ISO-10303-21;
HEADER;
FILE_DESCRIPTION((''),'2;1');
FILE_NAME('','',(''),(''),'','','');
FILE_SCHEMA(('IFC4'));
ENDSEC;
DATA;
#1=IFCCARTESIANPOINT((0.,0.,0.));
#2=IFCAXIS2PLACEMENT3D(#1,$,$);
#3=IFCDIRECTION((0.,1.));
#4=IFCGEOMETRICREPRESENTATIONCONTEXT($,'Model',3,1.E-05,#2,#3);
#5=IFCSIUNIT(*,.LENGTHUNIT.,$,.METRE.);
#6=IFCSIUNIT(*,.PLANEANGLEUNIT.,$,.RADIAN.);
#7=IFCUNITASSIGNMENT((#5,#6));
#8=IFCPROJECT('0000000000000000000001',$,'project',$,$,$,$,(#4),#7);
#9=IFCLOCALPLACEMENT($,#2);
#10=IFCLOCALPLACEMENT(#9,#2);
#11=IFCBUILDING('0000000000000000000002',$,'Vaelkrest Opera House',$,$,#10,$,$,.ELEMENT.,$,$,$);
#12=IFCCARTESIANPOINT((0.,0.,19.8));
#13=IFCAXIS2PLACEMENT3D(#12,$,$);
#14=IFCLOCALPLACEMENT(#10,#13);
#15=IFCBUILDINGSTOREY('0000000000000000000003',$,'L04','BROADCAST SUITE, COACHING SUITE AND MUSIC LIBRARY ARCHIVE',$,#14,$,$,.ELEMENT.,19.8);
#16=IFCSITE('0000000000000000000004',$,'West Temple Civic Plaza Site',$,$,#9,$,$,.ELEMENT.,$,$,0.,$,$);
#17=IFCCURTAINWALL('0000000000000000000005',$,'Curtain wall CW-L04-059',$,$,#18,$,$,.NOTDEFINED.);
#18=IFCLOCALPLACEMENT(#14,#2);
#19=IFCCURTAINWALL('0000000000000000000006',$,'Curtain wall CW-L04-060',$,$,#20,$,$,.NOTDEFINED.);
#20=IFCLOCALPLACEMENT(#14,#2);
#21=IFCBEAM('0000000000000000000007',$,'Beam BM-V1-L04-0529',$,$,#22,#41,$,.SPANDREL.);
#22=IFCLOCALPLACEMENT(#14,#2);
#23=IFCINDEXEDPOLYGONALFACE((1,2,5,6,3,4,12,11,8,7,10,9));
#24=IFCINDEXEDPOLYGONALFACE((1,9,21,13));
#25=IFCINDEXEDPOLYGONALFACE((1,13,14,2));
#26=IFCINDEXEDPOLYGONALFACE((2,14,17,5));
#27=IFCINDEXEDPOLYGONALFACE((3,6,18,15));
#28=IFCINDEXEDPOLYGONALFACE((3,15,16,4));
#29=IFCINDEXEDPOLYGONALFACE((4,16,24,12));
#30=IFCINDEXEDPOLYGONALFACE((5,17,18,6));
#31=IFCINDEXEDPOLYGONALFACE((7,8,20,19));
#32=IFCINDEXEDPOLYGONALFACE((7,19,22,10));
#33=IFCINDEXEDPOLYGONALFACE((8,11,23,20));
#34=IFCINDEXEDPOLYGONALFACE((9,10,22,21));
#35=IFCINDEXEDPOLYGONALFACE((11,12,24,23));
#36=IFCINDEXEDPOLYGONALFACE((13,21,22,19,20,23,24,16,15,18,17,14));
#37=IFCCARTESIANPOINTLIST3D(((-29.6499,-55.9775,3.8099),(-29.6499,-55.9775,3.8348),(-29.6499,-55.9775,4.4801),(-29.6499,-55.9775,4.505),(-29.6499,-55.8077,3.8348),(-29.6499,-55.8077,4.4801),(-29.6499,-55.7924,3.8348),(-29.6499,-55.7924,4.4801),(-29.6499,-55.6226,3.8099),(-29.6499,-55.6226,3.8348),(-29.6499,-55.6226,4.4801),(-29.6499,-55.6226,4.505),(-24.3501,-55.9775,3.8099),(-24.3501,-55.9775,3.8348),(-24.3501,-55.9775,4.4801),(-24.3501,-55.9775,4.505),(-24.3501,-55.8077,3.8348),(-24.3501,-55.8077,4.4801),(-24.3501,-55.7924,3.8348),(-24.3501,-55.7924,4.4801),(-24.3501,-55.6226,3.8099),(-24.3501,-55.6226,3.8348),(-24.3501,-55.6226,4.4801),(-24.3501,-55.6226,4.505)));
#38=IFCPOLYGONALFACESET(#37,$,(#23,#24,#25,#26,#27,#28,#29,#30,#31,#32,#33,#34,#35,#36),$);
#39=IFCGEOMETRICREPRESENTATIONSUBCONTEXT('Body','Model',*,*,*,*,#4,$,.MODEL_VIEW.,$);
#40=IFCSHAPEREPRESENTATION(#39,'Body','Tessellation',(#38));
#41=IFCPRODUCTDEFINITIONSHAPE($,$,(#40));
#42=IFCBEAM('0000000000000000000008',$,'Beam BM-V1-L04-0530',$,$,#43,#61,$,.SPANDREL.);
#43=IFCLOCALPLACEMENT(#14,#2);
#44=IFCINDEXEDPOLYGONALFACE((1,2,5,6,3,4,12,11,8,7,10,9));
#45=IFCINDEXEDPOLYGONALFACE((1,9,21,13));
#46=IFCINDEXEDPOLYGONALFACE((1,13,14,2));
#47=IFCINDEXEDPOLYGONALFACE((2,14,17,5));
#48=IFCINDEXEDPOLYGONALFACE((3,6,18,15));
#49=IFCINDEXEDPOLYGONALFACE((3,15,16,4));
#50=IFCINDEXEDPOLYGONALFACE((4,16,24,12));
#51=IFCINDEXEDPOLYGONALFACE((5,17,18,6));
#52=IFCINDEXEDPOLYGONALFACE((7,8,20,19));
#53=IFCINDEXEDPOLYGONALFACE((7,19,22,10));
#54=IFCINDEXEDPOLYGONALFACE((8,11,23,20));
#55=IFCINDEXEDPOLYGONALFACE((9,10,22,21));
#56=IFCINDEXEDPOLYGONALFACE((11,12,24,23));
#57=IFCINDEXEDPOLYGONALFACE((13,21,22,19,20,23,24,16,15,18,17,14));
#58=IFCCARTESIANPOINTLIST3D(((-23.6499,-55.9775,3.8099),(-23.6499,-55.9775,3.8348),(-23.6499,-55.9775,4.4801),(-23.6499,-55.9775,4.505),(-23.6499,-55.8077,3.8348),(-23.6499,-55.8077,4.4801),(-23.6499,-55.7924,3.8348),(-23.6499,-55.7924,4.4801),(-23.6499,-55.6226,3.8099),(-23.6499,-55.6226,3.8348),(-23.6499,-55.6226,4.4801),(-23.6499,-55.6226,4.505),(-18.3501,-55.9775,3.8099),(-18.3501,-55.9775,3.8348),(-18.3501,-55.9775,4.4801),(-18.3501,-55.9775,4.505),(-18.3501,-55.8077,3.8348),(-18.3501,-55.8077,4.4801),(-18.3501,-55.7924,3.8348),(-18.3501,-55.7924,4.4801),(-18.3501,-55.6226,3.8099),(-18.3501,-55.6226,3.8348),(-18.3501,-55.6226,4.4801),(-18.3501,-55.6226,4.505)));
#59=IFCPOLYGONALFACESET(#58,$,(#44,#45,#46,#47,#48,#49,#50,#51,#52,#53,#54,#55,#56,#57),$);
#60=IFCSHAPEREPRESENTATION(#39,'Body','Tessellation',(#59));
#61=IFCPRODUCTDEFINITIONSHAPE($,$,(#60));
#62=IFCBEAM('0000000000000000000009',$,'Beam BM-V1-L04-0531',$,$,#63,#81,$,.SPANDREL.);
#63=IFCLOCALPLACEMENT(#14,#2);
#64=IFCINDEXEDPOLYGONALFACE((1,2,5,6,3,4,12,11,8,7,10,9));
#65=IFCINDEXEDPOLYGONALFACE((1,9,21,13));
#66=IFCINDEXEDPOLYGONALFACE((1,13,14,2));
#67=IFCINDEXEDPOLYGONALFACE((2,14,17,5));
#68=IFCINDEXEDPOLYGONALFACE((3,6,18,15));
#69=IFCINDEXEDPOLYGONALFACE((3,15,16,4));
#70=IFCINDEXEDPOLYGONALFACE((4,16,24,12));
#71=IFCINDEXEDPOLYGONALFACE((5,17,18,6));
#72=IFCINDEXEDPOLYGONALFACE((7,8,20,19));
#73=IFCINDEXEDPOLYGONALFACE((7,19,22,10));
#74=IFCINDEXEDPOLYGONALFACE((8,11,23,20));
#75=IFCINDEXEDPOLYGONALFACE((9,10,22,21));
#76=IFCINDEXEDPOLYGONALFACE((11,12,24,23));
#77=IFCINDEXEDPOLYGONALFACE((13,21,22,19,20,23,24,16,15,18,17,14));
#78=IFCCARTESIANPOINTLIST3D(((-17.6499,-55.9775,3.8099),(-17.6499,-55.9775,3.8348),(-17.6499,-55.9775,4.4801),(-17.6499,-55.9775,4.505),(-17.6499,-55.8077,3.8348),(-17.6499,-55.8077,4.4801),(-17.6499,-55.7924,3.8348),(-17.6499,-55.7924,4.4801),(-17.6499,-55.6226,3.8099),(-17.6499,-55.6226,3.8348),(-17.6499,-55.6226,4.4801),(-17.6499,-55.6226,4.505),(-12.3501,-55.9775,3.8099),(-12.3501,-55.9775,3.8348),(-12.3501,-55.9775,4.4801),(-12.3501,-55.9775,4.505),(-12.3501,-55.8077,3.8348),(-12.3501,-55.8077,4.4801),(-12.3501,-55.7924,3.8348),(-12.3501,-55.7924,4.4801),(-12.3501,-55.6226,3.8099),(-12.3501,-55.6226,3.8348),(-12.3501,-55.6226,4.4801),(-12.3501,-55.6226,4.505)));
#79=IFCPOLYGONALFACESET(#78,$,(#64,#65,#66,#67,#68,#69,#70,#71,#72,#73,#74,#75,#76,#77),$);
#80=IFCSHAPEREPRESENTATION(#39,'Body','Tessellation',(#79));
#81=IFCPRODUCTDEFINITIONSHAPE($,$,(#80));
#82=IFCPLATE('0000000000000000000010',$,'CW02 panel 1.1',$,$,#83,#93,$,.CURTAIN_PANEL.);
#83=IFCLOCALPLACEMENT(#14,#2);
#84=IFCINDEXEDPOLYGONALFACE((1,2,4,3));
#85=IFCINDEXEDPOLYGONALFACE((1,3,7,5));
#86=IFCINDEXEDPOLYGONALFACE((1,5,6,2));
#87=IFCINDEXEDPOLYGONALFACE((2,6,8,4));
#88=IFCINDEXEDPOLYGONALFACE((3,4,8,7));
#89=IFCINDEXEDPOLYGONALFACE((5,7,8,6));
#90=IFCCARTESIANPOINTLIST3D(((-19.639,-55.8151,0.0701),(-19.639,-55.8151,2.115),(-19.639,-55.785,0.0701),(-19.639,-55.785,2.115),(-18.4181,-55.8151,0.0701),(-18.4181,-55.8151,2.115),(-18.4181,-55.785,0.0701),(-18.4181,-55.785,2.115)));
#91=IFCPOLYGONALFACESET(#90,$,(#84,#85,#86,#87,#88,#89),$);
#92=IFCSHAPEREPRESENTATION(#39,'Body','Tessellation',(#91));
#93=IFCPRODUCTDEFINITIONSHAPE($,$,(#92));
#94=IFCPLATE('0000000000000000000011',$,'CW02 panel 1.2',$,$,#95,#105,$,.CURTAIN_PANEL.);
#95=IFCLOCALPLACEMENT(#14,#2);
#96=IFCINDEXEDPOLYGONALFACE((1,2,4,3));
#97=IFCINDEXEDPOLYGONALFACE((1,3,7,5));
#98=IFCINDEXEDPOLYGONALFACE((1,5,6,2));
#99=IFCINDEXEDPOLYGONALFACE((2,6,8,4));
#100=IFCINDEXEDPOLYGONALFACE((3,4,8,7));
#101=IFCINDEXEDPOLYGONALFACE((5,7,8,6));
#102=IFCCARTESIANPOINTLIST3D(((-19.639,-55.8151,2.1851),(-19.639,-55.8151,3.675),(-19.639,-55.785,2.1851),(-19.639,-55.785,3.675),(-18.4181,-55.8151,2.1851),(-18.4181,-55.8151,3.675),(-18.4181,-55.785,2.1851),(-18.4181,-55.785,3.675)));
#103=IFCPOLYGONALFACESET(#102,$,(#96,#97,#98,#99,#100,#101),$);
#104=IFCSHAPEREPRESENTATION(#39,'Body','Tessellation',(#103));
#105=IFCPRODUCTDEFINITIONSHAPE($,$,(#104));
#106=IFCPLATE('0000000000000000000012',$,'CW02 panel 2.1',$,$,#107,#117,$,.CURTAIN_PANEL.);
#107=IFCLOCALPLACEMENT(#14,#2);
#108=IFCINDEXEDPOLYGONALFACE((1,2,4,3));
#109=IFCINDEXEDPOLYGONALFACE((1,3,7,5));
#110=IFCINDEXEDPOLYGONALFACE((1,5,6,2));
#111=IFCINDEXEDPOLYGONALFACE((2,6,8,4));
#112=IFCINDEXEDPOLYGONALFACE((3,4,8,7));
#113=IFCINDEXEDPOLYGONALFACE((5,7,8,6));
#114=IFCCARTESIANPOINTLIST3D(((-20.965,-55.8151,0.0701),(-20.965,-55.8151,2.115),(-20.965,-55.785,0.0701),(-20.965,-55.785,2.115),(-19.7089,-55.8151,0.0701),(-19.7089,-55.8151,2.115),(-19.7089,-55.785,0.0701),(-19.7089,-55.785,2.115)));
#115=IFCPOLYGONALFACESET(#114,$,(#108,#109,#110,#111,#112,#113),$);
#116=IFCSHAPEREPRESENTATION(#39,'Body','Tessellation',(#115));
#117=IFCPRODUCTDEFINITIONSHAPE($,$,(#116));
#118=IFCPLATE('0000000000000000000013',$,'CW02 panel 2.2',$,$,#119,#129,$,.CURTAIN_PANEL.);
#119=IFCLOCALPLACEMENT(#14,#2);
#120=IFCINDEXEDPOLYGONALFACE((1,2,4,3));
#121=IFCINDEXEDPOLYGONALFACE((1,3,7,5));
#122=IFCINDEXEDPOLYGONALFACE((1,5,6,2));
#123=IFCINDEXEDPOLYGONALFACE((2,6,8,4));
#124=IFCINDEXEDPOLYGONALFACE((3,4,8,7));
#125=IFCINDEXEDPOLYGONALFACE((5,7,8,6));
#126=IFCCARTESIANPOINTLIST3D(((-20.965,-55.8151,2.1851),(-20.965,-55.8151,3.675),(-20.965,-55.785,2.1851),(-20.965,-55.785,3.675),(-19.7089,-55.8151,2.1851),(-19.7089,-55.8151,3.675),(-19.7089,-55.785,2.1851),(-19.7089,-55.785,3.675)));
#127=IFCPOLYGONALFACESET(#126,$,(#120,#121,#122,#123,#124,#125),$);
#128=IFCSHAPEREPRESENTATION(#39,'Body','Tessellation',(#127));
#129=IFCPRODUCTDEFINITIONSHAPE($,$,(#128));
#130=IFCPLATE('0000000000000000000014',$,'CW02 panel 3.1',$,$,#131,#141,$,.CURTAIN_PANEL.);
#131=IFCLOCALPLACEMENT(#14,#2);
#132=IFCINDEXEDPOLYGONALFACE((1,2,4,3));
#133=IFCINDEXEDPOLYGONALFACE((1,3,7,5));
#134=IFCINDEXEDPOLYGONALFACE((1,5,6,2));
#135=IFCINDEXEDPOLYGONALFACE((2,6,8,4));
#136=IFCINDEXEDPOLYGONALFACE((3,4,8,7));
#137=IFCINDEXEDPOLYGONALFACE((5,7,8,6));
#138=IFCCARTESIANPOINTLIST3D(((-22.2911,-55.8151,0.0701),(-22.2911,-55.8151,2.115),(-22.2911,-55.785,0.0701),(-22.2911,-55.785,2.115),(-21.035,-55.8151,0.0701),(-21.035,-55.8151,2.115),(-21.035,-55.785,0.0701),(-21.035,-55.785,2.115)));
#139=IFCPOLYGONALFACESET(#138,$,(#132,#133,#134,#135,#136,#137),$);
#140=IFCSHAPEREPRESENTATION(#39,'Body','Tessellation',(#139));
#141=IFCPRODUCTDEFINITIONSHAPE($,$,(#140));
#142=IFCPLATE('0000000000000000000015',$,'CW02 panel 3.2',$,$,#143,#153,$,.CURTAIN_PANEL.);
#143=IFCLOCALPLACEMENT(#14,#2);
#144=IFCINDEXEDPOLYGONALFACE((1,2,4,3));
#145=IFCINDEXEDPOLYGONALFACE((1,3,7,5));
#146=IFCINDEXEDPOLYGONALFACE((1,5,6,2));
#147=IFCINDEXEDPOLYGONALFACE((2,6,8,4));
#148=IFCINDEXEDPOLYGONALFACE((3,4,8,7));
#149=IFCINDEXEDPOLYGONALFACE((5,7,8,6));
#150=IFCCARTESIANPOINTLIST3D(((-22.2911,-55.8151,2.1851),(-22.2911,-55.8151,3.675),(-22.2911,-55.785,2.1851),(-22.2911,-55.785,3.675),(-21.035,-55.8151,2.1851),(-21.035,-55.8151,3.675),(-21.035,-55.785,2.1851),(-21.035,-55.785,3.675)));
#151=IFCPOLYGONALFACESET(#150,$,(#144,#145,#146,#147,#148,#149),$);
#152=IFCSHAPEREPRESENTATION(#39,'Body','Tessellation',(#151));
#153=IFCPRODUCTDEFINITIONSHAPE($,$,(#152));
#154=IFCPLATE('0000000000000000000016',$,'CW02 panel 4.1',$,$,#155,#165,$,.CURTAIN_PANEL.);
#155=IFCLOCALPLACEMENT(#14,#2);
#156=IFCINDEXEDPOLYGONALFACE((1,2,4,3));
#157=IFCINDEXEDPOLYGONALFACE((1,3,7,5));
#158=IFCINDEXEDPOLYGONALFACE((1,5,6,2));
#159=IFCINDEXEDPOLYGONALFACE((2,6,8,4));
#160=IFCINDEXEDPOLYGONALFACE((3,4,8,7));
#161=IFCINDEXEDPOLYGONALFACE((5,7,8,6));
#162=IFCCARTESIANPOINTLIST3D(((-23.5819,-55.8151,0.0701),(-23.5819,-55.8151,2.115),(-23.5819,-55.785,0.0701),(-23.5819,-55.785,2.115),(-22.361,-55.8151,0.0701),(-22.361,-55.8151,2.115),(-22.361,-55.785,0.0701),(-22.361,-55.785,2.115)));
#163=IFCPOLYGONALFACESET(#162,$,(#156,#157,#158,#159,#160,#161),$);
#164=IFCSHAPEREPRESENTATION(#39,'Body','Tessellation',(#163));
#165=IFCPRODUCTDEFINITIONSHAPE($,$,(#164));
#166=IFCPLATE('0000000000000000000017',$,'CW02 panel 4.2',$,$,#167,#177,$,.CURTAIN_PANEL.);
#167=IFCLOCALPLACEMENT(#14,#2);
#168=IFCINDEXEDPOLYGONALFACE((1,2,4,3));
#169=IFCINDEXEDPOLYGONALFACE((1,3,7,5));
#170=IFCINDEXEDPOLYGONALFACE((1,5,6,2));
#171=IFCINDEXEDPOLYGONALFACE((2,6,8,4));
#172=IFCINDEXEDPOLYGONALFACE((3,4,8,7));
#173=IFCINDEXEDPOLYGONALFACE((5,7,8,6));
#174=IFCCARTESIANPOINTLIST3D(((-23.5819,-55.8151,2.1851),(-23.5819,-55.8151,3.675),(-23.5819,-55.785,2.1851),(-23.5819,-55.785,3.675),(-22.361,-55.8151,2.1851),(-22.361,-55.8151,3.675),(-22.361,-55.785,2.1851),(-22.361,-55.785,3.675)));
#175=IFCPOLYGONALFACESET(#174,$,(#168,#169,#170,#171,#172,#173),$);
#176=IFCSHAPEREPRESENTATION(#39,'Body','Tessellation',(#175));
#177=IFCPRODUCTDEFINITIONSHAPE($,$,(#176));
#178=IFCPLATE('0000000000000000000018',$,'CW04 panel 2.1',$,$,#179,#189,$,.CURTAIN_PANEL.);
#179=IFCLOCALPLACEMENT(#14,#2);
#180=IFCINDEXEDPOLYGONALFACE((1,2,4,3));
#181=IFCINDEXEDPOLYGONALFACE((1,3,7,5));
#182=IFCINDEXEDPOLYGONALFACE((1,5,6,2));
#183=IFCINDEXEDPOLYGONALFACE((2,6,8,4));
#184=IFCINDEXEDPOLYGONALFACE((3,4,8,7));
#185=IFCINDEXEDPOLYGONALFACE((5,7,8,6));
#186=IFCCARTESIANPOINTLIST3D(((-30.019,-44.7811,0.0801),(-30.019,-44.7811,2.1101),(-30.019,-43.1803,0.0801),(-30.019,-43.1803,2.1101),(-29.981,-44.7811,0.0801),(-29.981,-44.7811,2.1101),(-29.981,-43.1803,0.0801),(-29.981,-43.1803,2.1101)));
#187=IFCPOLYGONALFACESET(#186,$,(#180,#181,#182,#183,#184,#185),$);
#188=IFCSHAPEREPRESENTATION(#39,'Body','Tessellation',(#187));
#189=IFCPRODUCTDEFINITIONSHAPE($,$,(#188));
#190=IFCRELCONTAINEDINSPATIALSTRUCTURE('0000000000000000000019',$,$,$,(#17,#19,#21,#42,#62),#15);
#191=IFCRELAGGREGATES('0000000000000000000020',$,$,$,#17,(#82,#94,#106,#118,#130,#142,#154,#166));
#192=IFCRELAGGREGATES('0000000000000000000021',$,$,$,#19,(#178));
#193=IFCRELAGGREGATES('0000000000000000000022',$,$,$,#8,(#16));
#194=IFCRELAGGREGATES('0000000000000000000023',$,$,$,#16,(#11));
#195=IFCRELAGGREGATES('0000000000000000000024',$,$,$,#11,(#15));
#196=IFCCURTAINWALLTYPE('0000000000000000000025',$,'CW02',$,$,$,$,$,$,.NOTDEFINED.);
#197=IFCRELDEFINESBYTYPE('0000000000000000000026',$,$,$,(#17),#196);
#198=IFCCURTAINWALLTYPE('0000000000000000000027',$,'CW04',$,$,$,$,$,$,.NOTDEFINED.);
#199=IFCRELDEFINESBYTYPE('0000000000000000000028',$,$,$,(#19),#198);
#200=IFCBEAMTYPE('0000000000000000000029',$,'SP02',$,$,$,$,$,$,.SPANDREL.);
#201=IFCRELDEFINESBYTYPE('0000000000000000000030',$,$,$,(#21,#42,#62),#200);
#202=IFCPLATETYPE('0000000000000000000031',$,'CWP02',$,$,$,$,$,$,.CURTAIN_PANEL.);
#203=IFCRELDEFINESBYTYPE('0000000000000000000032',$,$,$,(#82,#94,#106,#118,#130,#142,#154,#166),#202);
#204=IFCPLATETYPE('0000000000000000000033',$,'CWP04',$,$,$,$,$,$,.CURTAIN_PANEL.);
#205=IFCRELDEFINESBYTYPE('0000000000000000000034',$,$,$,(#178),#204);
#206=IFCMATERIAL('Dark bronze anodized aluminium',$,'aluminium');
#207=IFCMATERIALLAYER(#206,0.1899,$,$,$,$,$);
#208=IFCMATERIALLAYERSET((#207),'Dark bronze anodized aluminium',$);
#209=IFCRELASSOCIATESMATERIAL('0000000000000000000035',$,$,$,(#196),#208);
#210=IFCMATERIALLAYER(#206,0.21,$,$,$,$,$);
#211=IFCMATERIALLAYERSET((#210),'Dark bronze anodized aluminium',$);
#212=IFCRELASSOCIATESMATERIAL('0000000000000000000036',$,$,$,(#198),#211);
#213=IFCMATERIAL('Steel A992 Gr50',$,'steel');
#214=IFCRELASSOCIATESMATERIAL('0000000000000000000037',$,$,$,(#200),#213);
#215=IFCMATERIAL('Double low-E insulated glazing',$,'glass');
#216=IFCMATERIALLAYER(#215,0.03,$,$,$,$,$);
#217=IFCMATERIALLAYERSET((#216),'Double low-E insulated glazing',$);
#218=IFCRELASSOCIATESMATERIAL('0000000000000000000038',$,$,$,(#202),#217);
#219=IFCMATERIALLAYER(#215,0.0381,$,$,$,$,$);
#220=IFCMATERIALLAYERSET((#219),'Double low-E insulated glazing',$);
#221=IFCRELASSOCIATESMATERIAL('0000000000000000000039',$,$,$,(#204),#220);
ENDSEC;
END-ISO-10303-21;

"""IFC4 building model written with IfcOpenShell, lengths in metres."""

from ifc_helpers import new_model, si_unit, direction, frame, origin, origin_2d, place, context, subcontext, project, spatial, rectangle, i_section, extrude, material, layer, layer_set, material_profile, profile_set, type_object, element, aggregate, save


model = new_model("IFC4")

# Units and contexts
model_context = context("Model", 3, precision=1e-05, world=origin(), true_north=direction((0.0, 1.0)))
body_context = subcontext(model_context, "Body", "Model", "MODEL_VIEW")
ifc_project = project(units=[si_unit("LENGTHUNIT", "METRE"), si_unit("PLANEANGLEUNIT", "RADIAN")], contexts=[model_context])

# Site, building, storey
site_placement = place(None, origin())
site = spatial("IfcSite", under=ifc_project, at=site_placement, Name="West Temple Civic Plaza Site", CompositionType="ELEMENT", RefElevation=0.0)
building_placement = place(site_placement, origin())
building = spatial("IfcBuilding", under=site, at=building_placement, Name="Vaelkrest Opera House", CompositionType="ELEMENT")
storey_placement = place(building_placement, frame((0.0, 0.0, 19.8)))
storey = spatial("IfcBuildingStorey", under=building, at=storey_placement, Name="L04", Description="BROADCAST SUITE, COACHING SUITE AND MUSIC LIBRARY ARCHIVE", CompositionType="ELEMENT", Elevation=19.8)

# Curtain walls
ifc_material_1 = material(Name="Dark bronze anodized aluminium", Category="aluminium")
ifc_layer_1 = layer(ifc_material_1, 0.1899)
ifc_layer_set_1 = layer_set([ifc_layer_1], Name="Dark bronze anodized aluminium")
curtain_wall_type_1 = type_object("IfcCurtainWallType", Name="CW02", PredefinedType="NOTDEFINED", material=ifc_layer_set_1)
curtain_wall_1_placement = place(storey_placement, origin())
curtain_wall_1 = element("IfcCurtainWall", 1, at=curtain_wall_1_placement, inside=storey, type_object=curtain_wall_type_1, Name="Curtain wall CW-L04-059", PredefinedType="NOTDEFINED")
ifc_layer_2 = layer(ifc_material_1, 0.21)
ifc_layer_set_2 = layer_set([ifc_layer_2], Name="Dark bronze anodized aluminium")
curtain_wall_type_2 = type_object("IfcCurtainWallType", Name="CW04", PredefinedType="NOTDEFINED", material=ifc_layer_set_2)
curtain_wall_2_placement = place(storey_placement, origin())
curtain_wall_2 = element("IfcCurtainWall", 2, at=curtain_wall_2_placement, inside=storey, type_object=curtain_wall_type_2, Name="Curtain wall CW-L04-060", PredefinedType="NOTDEFINED")

# Beams
ifc_material_2 = material(Name="Steel A992 Gr50", Category="steel")
ifc_material_profile_1 = material_profile(ifc_material_2, i_section(OverallWidth=0.355, OverallDepth=0.6951, WebThickness=0.0154, FlangeThickness=0.0249, at=origin_2d()), Name="W27X146")
ifc_profile_set_1 = profile_set([ifc_material_profile_1], Name="Steel A992 Gr50")
beam_type = type_object("IfcBeamType", Name="SP02", PredefinedType="SPANDREL", material=ifc_profile_set_1)
for number, where, z_axis, x_axis, name in (
    (3, (-29.6499, -55.8, 4.1575), (1.0, 0.0, 0.0), (0.0, 1.0, 0.0), "Beam BM-V1-L04-0529"),
    (4, (-23.6499, -55.8, 4.1575), (1.0, 0.0, 0.0), (0.0, 1.0, 0.0), "Beam BM-V1-L04-0530"),
    (5, (-17.6499, -55.8, 4.1575), (1.0, 0.0, 0.0), (0.0, 1.0, 0.0), "Beam BM-V1-L04-0531"),
):
    element("IfcBeam", number, at=place(storey_placement, frame(where, z_axis=z_axis, x_axis=x_axis)), inside=storey, type_object=beam_type, Name=name, PredefinedType="SPANDREL", context=body_context, shape_type="SweptSolid", body=[
        extrude(i_section(OverallWidth=0.355, OverallDepth=0.6951, WebThickness=0.0154, FlangeThickness=0.0249, at=origin_2d()), origin(), (0.0, 0.0, 1.0), 5.2998),
    ])

# Plates
ifc_material_3 = material(Name="Double low-E insulated glazing", Category="glass")
ifc_layer_3 = layer(ifc_material_3, 0.03)
ifc_layer_set_3 = layer_set([ifc_layer_3], Name="Double low-E insulated glazing")
plate_type_1 = type_object("IfcPlateType", Name="CWP02", PredefinedType="CURTAIN_PANEL", material=ifc_layer_set_3)
plate_1_placement = place(storey_placement, frame((-19.0286, -55.8, 0.0701), z_axis=(0.0, 0.0, 1.0), x_axis=(-1.0, 0.0, 0.0)))
plate_1 = element("IfcPlate", 6, at=plate_1_placement, type_object=plate_type_1, Name="CW02 panel 1.1", PredefinedType="CURTAIN_PANEL", context=body_context, shape_type="SweptSolid", body=[
    extrude(rectangle(XDim=1.2209, YDim=0.03, at=origin_2d()), origin(), (0.0, 0.0, 1.0), 2.0449),
])
plate_2_placement = place(storey_placement, frame((-19.0286, -55.8, 2.1851), z_axis=(0.0, 0.0, 1.0), x_axis=(-1.0, 0.0, 0.0)))
plate_2 = element("IfcPlate", 7, at=plate_2_placement, type_object=plate_type_1, Name="CW02 panel 1.2", PredefinedType="CURTAIN_PANEL", context=body_context, shape_type="SweptSolid", body=[
    extrude(rectangle(XDim=1.2209, YDim=0.03, at=origin_2d()), origin(), (0.0, 0.0, 1.0), 1.49),
])
plate_3_placement = place(storey_placement, frame((-20.3369, -55.8, 0.0701), z_axis=(0.0, 0.0, 1.0), x_axis=(-1.0, 0.0, 0.0)))
plate_3 = element("IfcPlate", 8, at=plate_3_placement, type_object=plate_type_1, Name="CW02 panel 2.1", PredefinedType="CURTAIN_PANEL", context=body_context, shape_type="SweptSolid", body=[
    extrude(rectangle(XDim=1.2561, YDim=0.03, at=origin_2d()), origin(), (0.0, 0.0, 1.0), 2.0449),
])
plate_4_placement = place(storey_placement, frame((-20.3369, -55.8, 2.1851), z_axis=(0.0, 0.0, 1.0), x_axis=(-1.0, 0.0, 0.0)))
plate_4 = element("IfcPlate", 9, at=plate_4_placement, type_object=plate_type_1, Name="CW02 panel 2.2", PredefinedType="CURTAIN_PANEL", context=body_context, shape_type="SweptSolid", body=[
    extrude(rectangle(XDim=1.2561, YDim=0.03, at=origin_2d()), origin(), (0.0, 0.0, 1.0), 1.49),
])
plate_5_placement = place(storey_placement, frame((-21.6631, -55.8, 0.0701), z_axis=(0.0, 0.0, 1.0), x_axis=(-1.0, 0.0, 0.0)))
plate_5 = element("IfcPlate", 10, at=plate_5_placement, type_object=plate_type_1, Name="CW02 panel 3.1", PredefinedType="CURTAIN_PANEL", context=body_context, shape_type="SweptSolid", body=[
    extrude(rectangle(XDim=1.2561, YDim=0.03, at=origin_2d()), origin(), (0.0, 0.0, 1.0), 2.0449),
])
plate_6_placement = place(storey_placement, frame((-21.6631, -55.8, 2.1851), z_axis=(0.0, 0.0, 1.0), x_axis=(-1.0, 0.0, 0.0)))
plate_6 = element("IfcPlate", 11, at=plate_6_placement, type_object=plate_type_1, Name="CW02 panel 3.2", PredefinedType="CURTAIN_PANEL", context=body_context, shape_type="SweptSolid", body=[
    extrude(rectangle(XDim=1.2561, YDim=0.03, at=origin_2d()), origin(), (0.0, 0.0, 1.0), 1.49),
])
plate_7_placement = place(storey_placement, frame((-22.9714, -55.8, 0.0701), z_axis=(0.0, 0.0, 1.0), x_axis=(-1.0, 0.0, 0.0)))
plate_7 = element("IfcPlate", 12, at=plate_7_placement, type_object=plate_type_1, Name="CW02 panel 4.1", PredefinedType="CURTAIN_PANEL", context=body_context, shape_type="SweptSolid", body=[
    extrude(rectangle(XDim=1.2209, YDim=0.03, at=origin_2d()), origin(), (0.0, 0.0, 1.0), 2.0449),
])
plate_8_placement = place(storey_placement, frame((-22.9714, -55.8, 2.1851), z_axis=(0.0, 0.0, 1.0), x_axis=(-1.0, 0.0, 0.0)))
plate_8 = element("IfcPlate", 13, at=plate_8_placement, type_object=plate_type_1, Name="CW02 panel 4.2", PredefinedType="CURTAIN_PANEL", context=body_context, shape_type="SweptSolid", body=[
    extrude(rectangle(XDim=1.2209, YDim=0.03, at=origin_2d()), origin(), (0.0, 0.0, 1.0), 1.49),
])
aggregate(curtain_wall_1, [plate_1, plate_2, plate_3, plate_4, plate_5, plate_6, plate_7, plate_8])
ifc_layer_4 = layer(ifc_material_3, 0.0381)
ifc_layer_set_4 = layer_set([ifc_layer_4], Name="Double low-E insulated glazing")
plate_type_2 = type_object("IfcPlateType", Name="CWP04", PredefinedType="CURTAIN_PANEL", material=ifc_layer_set_4)
plate_9_placement = place(storey_placement, frame((-30.0, -43.9807, 0.0801), z_axis=(0.0, 0.0, 1.0), x_axis=(0.0, 1.0, 0.0)))
plate_9 = element("IfcPlate", 14, at=plate_9_placement, type_object=plate_type_2, Name="CW04 panel 2.1", PredefinedType="CURTAIN_PANEL", context=body_context, shape_type="SweptSolid", body=[
    extrude(rectangle(XDim=1.6008, YDim=0.0381, at=origin_2d()), origin(), (0.0, 0.0, 1.0), 2.03),
])
aggregate(curtain_wall_2, [plate_9])

save(model, "model.ifc")
